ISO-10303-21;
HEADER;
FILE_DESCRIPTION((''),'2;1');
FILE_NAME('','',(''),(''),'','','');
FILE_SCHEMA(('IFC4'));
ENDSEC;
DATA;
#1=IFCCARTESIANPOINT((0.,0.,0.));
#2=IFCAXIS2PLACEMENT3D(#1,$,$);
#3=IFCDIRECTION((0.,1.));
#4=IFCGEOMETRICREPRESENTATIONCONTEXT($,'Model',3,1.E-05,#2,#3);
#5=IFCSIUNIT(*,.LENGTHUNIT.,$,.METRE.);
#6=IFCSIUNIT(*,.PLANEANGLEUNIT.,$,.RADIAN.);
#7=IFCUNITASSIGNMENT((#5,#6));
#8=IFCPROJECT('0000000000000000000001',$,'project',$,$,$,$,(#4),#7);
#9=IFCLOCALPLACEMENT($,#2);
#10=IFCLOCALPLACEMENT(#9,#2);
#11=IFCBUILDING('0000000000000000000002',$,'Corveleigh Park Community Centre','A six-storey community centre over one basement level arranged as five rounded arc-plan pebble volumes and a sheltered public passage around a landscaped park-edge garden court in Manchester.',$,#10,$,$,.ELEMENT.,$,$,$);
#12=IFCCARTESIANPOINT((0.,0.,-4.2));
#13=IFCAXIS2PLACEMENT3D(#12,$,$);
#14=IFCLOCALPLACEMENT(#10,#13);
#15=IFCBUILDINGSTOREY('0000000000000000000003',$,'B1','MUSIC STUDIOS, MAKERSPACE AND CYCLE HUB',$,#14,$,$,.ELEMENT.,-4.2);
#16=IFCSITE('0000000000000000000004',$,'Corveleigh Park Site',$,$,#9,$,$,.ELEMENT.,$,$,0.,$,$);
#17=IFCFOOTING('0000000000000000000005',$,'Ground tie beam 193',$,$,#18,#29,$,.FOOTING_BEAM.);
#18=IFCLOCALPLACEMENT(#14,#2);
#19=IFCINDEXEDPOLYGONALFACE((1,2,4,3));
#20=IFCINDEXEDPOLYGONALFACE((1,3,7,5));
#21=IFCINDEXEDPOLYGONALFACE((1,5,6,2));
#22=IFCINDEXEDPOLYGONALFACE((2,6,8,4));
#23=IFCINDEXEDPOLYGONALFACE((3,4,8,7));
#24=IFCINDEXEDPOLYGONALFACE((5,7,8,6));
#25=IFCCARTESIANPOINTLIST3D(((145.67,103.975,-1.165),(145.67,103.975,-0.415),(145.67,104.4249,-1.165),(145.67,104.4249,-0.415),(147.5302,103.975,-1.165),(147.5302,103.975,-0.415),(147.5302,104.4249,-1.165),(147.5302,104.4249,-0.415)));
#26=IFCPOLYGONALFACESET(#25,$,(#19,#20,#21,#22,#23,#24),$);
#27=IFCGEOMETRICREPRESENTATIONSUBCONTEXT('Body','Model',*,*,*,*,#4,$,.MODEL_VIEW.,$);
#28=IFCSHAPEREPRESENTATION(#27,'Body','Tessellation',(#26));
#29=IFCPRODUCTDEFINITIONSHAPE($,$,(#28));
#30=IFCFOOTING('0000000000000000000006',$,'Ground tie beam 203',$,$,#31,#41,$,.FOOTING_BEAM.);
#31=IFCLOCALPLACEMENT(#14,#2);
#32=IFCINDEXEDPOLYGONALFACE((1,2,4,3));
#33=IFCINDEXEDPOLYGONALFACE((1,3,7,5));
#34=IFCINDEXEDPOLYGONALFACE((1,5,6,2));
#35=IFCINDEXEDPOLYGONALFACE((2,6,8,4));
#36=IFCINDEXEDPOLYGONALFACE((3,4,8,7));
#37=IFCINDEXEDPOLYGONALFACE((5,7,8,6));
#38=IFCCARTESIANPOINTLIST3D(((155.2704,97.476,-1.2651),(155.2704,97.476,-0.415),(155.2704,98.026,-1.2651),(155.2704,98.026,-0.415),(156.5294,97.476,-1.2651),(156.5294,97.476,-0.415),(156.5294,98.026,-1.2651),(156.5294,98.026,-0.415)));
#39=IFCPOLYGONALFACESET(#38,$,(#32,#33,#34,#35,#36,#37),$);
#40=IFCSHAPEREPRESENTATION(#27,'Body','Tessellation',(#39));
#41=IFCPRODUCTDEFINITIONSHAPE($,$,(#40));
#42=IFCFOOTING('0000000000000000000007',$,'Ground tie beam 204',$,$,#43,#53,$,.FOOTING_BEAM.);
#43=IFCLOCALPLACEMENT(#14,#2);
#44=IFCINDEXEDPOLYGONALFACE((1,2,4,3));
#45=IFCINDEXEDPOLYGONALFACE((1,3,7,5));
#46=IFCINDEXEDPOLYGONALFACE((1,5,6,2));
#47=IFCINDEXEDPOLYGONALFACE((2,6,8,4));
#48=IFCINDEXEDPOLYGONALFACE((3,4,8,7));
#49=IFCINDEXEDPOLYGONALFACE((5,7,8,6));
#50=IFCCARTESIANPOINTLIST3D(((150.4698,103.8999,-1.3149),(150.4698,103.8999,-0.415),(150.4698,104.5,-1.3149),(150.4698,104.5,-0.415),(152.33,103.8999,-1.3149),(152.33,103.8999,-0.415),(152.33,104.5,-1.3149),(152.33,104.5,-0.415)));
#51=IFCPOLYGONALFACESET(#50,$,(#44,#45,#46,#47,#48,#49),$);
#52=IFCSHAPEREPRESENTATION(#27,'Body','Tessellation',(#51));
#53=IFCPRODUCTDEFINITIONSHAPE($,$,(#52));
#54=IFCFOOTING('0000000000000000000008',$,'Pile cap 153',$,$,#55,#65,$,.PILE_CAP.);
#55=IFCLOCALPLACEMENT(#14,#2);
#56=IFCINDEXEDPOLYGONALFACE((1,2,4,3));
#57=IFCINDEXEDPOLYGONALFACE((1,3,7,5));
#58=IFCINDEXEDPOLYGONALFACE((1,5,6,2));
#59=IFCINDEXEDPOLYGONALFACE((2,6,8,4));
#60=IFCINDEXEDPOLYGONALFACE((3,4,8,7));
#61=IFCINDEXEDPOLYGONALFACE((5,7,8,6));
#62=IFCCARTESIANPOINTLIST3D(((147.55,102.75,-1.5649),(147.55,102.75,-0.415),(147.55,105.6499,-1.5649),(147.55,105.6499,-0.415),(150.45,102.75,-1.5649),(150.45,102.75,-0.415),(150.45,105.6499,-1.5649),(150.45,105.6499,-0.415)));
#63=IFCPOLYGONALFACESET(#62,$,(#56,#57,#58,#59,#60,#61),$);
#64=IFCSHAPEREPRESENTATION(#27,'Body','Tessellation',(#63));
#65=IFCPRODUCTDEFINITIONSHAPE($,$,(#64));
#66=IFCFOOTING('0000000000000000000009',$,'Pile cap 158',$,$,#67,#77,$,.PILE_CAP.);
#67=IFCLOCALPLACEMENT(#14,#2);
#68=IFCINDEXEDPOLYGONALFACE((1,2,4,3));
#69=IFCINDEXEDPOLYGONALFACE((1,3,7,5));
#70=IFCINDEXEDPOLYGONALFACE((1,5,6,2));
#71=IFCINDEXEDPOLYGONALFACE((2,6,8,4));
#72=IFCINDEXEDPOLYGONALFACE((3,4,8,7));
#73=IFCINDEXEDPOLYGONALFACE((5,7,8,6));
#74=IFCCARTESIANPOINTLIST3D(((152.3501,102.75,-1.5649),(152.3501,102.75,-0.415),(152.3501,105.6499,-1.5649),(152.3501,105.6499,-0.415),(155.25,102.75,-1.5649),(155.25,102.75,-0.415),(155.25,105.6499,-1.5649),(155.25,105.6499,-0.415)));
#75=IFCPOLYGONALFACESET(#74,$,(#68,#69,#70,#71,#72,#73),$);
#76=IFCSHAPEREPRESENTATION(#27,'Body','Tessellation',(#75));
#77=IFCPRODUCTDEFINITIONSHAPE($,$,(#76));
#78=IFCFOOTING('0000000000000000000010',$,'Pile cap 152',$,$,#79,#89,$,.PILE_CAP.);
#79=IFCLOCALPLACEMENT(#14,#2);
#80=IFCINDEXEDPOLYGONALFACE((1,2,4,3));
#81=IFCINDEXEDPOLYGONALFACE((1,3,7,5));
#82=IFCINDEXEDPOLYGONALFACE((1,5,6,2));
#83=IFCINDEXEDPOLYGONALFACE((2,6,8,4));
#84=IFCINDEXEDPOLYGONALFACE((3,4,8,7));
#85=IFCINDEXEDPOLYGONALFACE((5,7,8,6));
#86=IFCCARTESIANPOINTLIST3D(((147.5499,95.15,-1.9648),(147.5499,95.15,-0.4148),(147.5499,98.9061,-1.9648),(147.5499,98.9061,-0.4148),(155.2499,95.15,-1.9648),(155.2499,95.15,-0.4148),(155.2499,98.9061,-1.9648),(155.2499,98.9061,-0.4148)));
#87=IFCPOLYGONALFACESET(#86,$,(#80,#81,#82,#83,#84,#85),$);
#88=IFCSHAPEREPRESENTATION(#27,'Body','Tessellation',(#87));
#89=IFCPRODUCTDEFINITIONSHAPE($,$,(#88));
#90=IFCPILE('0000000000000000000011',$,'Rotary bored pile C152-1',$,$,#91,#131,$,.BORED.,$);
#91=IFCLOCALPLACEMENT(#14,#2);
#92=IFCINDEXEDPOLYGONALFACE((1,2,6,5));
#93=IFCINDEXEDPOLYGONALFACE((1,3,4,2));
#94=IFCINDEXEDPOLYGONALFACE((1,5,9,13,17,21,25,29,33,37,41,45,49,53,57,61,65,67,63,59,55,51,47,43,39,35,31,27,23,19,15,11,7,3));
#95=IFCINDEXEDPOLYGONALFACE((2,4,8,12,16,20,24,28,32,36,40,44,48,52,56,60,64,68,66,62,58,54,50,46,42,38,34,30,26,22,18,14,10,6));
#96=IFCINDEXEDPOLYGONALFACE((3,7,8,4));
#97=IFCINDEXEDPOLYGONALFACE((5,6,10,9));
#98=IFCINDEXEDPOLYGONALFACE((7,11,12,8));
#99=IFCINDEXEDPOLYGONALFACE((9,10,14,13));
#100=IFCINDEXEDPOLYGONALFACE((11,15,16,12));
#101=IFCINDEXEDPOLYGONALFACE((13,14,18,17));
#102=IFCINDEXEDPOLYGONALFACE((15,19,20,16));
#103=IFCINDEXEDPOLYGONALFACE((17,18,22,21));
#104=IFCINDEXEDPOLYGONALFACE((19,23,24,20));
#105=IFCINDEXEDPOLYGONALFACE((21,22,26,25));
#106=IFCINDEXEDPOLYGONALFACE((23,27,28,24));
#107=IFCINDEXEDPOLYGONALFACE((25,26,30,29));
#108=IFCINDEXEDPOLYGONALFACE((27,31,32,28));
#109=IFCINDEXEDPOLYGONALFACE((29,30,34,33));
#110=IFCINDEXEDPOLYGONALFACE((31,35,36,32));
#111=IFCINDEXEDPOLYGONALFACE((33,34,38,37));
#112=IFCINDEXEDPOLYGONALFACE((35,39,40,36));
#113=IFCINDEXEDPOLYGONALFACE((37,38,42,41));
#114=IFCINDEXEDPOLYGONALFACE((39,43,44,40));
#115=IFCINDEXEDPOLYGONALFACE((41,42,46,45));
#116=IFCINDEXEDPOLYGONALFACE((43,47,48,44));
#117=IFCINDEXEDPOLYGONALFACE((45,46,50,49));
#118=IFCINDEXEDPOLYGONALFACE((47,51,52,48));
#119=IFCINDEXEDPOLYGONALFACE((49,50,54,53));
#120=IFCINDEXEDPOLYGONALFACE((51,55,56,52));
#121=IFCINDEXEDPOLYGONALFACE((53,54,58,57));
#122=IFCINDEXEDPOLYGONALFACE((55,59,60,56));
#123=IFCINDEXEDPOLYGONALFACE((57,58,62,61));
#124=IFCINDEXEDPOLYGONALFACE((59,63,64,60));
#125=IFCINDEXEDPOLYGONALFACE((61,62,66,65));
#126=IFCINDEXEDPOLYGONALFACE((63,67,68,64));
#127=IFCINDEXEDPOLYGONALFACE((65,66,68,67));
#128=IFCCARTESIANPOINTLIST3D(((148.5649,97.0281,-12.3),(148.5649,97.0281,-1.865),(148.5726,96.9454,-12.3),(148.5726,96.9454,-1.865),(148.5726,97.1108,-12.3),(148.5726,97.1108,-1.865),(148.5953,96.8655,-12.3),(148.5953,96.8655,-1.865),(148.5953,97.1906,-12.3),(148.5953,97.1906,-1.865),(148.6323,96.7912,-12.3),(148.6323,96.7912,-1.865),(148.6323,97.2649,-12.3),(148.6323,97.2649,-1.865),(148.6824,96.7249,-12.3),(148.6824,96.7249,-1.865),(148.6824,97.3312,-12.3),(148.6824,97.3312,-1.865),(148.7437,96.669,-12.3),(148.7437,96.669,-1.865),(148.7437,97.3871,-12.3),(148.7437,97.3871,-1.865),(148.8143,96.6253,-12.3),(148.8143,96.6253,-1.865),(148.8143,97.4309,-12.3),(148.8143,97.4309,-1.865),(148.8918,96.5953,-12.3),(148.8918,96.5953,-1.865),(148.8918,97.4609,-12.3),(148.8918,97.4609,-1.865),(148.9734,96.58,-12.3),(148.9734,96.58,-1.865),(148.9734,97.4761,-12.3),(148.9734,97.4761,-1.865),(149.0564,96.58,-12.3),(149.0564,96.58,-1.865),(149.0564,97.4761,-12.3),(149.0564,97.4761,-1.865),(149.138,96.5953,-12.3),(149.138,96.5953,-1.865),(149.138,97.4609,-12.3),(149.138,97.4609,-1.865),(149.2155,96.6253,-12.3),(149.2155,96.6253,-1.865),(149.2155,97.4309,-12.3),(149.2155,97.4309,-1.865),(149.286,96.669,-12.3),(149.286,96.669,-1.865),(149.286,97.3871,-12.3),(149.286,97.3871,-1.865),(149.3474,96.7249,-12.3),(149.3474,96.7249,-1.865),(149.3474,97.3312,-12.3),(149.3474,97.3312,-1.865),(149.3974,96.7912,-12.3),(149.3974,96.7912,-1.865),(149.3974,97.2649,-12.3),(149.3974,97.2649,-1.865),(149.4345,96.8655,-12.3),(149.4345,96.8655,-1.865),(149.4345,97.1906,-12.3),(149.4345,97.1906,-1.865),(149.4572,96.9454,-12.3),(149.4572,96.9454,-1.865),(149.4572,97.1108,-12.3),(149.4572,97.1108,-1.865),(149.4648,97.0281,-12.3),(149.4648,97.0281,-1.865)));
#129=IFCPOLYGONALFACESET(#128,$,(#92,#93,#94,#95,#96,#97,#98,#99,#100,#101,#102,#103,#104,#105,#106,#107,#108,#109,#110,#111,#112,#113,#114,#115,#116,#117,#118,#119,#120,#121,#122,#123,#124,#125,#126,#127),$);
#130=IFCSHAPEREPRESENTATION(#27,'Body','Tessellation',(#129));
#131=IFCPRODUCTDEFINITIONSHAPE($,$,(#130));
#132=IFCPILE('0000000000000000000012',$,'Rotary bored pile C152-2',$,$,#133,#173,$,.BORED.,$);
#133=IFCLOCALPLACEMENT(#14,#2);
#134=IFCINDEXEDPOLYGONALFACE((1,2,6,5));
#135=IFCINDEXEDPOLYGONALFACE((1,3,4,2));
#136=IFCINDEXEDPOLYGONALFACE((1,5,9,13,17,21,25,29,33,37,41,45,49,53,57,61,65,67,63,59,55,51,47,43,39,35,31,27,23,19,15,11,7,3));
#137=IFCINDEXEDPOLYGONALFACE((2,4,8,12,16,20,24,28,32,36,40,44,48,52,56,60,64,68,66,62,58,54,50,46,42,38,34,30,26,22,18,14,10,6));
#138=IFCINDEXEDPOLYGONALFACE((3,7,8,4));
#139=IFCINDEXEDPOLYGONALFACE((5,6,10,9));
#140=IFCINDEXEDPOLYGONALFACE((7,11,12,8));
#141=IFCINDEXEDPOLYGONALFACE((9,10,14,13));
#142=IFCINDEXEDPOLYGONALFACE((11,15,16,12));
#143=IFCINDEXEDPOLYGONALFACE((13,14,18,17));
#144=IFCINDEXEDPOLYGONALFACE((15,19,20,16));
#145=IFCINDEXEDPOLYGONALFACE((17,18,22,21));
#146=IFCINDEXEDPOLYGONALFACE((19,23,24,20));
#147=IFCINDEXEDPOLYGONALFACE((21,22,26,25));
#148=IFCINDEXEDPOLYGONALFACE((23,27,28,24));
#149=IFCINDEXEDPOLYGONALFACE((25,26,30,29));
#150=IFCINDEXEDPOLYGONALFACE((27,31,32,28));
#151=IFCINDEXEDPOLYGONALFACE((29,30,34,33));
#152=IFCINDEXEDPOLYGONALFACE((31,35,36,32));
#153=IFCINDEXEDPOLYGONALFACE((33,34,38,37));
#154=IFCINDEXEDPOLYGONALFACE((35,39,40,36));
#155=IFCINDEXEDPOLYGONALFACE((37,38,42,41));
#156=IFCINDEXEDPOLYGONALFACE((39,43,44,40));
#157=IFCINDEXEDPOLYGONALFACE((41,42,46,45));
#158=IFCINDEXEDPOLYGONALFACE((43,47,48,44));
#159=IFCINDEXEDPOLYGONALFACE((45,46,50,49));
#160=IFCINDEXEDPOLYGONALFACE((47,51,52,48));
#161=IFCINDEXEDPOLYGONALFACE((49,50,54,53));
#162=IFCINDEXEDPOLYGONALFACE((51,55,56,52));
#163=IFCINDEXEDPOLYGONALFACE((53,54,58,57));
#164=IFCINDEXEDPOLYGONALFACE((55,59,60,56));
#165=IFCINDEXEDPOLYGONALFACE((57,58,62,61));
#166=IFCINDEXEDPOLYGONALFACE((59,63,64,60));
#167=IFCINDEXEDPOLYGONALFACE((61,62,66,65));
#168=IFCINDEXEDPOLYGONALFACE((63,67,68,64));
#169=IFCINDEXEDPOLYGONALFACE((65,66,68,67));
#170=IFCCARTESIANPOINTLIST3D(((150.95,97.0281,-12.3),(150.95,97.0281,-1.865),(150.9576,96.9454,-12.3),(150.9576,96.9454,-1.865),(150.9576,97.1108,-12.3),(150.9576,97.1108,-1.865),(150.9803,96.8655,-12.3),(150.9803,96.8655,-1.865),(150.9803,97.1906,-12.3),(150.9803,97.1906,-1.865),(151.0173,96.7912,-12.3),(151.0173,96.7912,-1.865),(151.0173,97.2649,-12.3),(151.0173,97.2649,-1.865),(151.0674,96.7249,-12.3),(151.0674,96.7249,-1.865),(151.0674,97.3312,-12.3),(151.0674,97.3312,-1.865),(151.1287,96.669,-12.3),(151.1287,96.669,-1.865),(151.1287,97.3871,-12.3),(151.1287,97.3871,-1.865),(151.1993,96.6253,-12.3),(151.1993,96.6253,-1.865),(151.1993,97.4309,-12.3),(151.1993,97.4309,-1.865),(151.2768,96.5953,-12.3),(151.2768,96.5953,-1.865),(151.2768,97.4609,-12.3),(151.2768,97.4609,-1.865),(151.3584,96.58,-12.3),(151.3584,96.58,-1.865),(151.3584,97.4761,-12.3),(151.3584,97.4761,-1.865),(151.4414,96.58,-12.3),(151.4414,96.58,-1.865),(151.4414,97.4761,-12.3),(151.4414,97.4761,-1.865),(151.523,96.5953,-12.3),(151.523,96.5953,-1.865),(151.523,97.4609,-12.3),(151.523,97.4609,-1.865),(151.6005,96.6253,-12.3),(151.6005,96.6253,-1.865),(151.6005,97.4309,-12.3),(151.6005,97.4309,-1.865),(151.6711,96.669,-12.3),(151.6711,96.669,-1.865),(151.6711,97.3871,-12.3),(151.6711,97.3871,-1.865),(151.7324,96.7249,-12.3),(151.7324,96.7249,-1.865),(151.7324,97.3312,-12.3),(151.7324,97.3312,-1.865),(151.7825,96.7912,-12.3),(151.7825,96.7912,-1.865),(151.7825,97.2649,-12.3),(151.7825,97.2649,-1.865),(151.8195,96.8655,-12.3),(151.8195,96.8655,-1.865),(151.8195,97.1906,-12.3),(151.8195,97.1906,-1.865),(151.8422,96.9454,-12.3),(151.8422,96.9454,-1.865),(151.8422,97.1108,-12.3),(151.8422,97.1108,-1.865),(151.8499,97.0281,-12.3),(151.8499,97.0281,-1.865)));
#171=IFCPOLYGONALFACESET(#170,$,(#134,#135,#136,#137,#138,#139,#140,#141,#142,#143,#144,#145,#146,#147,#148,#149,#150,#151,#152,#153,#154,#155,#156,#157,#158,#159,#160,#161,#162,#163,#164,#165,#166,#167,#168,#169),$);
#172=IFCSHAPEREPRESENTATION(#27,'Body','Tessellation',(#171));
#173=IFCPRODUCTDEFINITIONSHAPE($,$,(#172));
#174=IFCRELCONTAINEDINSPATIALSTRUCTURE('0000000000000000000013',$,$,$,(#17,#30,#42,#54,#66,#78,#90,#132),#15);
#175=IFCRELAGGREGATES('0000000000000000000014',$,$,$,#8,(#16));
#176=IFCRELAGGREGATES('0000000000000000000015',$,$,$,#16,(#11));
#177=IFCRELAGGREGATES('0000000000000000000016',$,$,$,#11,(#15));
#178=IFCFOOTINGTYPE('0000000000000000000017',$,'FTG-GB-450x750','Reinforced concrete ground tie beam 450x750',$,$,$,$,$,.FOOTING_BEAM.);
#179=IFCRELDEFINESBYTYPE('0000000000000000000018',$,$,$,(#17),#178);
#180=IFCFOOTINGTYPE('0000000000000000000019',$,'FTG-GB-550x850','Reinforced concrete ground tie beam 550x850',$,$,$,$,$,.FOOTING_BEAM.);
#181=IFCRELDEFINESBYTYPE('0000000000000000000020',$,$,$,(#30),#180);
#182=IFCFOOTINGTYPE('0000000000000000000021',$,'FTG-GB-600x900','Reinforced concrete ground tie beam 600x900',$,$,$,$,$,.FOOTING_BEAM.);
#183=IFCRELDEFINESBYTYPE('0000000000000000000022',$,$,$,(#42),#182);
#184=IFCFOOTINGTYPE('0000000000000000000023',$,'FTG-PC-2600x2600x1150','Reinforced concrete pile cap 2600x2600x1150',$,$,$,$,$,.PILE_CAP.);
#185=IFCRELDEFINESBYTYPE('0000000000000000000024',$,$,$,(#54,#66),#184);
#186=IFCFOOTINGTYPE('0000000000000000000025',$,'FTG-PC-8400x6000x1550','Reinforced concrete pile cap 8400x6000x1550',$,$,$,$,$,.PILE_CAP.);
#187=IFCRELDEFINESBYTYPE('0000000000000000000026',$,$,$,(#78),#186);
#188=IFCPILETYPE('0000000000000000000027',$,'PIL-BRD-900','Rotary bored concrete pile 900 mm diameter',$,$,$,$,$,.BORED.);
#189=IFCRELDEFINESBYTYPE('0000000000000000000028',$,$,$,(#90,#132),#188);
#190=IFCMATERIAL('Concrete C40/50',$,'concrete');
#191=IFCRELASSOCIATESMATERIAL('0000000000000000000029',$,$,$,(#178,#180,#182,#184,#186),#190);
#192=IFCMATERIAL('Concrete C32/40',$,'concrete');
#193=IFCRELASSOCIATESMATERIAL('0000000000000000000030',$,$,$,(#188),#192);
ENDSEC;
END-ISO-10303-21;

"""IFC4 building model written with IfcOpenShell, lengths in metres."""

from ifc_helpers import new_model, si_unit, direction, frame, origin, origin_2d, place, context, subcontext, project, spatial, rectangle, circle, extrude, material, material_profile, profile_set, type_object, element, save


model = new_model("IFC4")

# Units and contexts
model_context = context("Model", 3, precision=1e-05, world=origin(), true_north=direction((0.0, 1.0)))
body_context = subcontext(model_context, "Body", "Model", "MODEL_VIEW")
ifc_project = project(units=[si_unit("LENGTHUNIT", "METRE"), si_unit("PLANEANGLEUNIT", "RADIAN")], contexts=[model_context])

# Site, building, storey
site_placement = place(None, origin())
site = spatial("IfcSite", under=ifc_project, at=site_placement, Name="Corveleigh Park Site", CompositionType="ELEMENT", RefElevation=0.0)
building_placement = place(site_placement, origin())
building = spatial("IfcBuilding", under=site, at=building_placement, Name="Corveleigh Park Community Centre", Description="A six-storey community centre over one basement level arranged as five rounded arc-plan pebble volumes and a sheltered public passage around a landscaped park-edge garden court in Manchester.", CompositionType="ELEMENT")
storey_placement = place(building_placement, frame((0.0, 0.0, -4.2)))
storey = spatial("IfcBuildingStorey", under=building, at=storey_placement, Name="B1", Description="MUSIC STUDIOS, MAKERSPACE AND CYCLE HUB", CompositionType="ELEMENT", Elevation=-4.2)

# Footings
ifc_material_1 = material(Name="Concrete C40/50", Category="concrete")
footing_type_1 = type_object("IfcFootingType", Name="FTG-GB-450x750", Description="Reinforced concrete ground tie beam 450x750", PredefinedType="FOOTING_BEAM", material=ifc_material_1)
footing_1_placement = place(storey_placement, frame((146.6001, 104.2, -1.165), z_axis=(0.0, 0.0, 1.0), x_axis=(1.0, 0.0, 0.0)))
element("IfcFooting", 1, at=footing_1_placement, inside=storey, type_object=footing_type_1, Name="Ground tie beam 193", PredefinedType="FOOTING_BEAM", context=body_context, shape_type="SweptSolid", body=[
    extrude(rectangle(XDim=1.8601, YDim=0.45, at=origin_2d()), origin(), (0.0, 0.0, 1.0), 0.75),
])
footing_type_2 = type_object("IfcFootingType", Name="FTG-GB-550x850", Description="Reinforced concrete ground tie beam 550x850", PredefinedType="FOOTING_BEAM", material=ifc_material_1)
footing_2_placement = place(storey_placement, frame((155.8999, 97.751, -1.2651), z_axis=(0.0, 0.0, 1.0), x_axis=(1.0, 0.0, 0.0)))
element("IfcFooting", 2, at=footing_2_placement, inside=storey, type_object=footing_type_2, Name="Ground tie beam 203", PredefinedType="FOOTING_BEAM", context=body_context, shape_type="SweptSolid", body=[
    extrude(rectangle(XDim=1.259, YDim=0.55, at=origin_2d()), origin(), (0.0, 0.0, 1.0), 0.8501),
])
footing_type_3 = type_object("IfcFootingType", Name="FTG-GB-600x900", Description="Reinforced concrete ground tie beam 600x900", PredefinedType="FOOTING_BEAM", material=ifc_material_1)
footing_3_placement = place(storey_placement, frame((151.3999, 104.2, -1.3149), z_axis=(0.0, 0.0, 1.0), x_axis=(1.0, 0.0, 0.0)))
element("IfcFooting", 3, at=footing_3_placement, inside=storey, type_object=footing_type_3, Name="Ground tie beam 204", PredefinedType="FOOTING_BEAM", context=body_context, shape_type="SweptSolid", body=[
    extrude(rectangle(XDim=1.8601, YDim=0.6001, at=origin_2d()), origin(), (0.0, 0.0, 1.0), 0.8999),
])
footing_type_4 = type_object("IfcFootingType", Name="FTG-PC-2600x2600x1150", Description="Reinforced concrete pile cap 2600x2600x1150", PredefinedType="PILE_CAP", material=ifc_material_1)
for number, where, z_axis, x_axis, name in (
    (4, (149.0, 104.2, -1.5649), (0.0, 0.0, 1.0), (1.0, 0.0, 0.0), "Pile cap 153"),
    (5, (153.8, 104.2, -1.5649), (0.0, 0.0, 1.0), (1.0, 0.0, 0.0), "Pile cap 158"),
):
    element("IfcFooting", number, at=place(storey_placement, frame(where, z_axis=z_axis, x_axis=x_axis)), inside=storey, type_object=footing_type_4, Name=name, PredefinedType="PILE_CAP", context=body_context, shape_type="SweptSolid", body=[
        extrude(rectangle(XDim=2.8999, YDim=2.8999, at=origin_2d()), origin(), (0.0, 0.0, 1.0), 1.1499),
    ])
footing_type_5 = type_object("IfcFootingType", Name="FTG-PC-8400x6000x1550", Description="Reinforced concrete pile cap 8400x6000x1550", PredefinedType="PILE_CAP", material=ifc_material_1)
footing_4_placement = place(storey_placement, frame((151.3999, 97.0281, -1.9648), z_axis=(0.0, 0.0, 1.0), x_axis=(1.0, 0.0, 0.0)))
element("IfcFooting", 6, at=footing_4_placement, inside=storey, type_object=footing_type_5, Name="Pile cap 152", PredefinedType="PILE_CAP", context=body_context, shape_type="SweptSolid", body=[
    extrude(rectangle(XDim=7.7, YDim=3.7561, at=origin_2d()), origin(), (0.0, 0.0, 1.0), 1.55),
])

# Piles
ifc_material_2 = material(Name="Concrete C32/40", Category="concrete")
ifc_material_profile_1 = material_profile(ifc_material_2, circle(Radius=0.45, at=origin_2d()), Name="BORED-PILE-900", Category="concrete")
ifc_profile_set_1 = profile_set([ifc_material_profile_1], Name="Concrete C32/40")
pile_type = type_object("IfcPileType", Name="PIL-BRD-900", Description="Rotary bored concrete pile 900 mm diameter", PredefinedType="BORED", material=ifc_profile_set_1)
for number, where, z_axis, x_axis, name in (
    (7, (149.0149, 97.0281, -1.865), (0.0, 0.0, -1.0), (1.0, 0.0, 0.0), "Rotary bored pile C152-1"),
    (8, (151.3999, 97.0281, -1.865), (0.0, 0.0, -1.0), (1.0, 0.0, 0.0), "Rotary bored pile C152-2"),
):
    element("IfcPile", number, at=place(storey_placement, frame(where, z_axis=z_axis, x_axis=x_axis)), inside=storey, type_object=pile_type, Name=name, PredefinedType="BORED", context=body_context, shape_type="SweptSolid", body=[
        extrude(circle(Radius=0.45, at=origin_2d()), origin(), (0.0, 0.0, 1.0), 10.4351),
    ])

save(model, "model.ifc")
